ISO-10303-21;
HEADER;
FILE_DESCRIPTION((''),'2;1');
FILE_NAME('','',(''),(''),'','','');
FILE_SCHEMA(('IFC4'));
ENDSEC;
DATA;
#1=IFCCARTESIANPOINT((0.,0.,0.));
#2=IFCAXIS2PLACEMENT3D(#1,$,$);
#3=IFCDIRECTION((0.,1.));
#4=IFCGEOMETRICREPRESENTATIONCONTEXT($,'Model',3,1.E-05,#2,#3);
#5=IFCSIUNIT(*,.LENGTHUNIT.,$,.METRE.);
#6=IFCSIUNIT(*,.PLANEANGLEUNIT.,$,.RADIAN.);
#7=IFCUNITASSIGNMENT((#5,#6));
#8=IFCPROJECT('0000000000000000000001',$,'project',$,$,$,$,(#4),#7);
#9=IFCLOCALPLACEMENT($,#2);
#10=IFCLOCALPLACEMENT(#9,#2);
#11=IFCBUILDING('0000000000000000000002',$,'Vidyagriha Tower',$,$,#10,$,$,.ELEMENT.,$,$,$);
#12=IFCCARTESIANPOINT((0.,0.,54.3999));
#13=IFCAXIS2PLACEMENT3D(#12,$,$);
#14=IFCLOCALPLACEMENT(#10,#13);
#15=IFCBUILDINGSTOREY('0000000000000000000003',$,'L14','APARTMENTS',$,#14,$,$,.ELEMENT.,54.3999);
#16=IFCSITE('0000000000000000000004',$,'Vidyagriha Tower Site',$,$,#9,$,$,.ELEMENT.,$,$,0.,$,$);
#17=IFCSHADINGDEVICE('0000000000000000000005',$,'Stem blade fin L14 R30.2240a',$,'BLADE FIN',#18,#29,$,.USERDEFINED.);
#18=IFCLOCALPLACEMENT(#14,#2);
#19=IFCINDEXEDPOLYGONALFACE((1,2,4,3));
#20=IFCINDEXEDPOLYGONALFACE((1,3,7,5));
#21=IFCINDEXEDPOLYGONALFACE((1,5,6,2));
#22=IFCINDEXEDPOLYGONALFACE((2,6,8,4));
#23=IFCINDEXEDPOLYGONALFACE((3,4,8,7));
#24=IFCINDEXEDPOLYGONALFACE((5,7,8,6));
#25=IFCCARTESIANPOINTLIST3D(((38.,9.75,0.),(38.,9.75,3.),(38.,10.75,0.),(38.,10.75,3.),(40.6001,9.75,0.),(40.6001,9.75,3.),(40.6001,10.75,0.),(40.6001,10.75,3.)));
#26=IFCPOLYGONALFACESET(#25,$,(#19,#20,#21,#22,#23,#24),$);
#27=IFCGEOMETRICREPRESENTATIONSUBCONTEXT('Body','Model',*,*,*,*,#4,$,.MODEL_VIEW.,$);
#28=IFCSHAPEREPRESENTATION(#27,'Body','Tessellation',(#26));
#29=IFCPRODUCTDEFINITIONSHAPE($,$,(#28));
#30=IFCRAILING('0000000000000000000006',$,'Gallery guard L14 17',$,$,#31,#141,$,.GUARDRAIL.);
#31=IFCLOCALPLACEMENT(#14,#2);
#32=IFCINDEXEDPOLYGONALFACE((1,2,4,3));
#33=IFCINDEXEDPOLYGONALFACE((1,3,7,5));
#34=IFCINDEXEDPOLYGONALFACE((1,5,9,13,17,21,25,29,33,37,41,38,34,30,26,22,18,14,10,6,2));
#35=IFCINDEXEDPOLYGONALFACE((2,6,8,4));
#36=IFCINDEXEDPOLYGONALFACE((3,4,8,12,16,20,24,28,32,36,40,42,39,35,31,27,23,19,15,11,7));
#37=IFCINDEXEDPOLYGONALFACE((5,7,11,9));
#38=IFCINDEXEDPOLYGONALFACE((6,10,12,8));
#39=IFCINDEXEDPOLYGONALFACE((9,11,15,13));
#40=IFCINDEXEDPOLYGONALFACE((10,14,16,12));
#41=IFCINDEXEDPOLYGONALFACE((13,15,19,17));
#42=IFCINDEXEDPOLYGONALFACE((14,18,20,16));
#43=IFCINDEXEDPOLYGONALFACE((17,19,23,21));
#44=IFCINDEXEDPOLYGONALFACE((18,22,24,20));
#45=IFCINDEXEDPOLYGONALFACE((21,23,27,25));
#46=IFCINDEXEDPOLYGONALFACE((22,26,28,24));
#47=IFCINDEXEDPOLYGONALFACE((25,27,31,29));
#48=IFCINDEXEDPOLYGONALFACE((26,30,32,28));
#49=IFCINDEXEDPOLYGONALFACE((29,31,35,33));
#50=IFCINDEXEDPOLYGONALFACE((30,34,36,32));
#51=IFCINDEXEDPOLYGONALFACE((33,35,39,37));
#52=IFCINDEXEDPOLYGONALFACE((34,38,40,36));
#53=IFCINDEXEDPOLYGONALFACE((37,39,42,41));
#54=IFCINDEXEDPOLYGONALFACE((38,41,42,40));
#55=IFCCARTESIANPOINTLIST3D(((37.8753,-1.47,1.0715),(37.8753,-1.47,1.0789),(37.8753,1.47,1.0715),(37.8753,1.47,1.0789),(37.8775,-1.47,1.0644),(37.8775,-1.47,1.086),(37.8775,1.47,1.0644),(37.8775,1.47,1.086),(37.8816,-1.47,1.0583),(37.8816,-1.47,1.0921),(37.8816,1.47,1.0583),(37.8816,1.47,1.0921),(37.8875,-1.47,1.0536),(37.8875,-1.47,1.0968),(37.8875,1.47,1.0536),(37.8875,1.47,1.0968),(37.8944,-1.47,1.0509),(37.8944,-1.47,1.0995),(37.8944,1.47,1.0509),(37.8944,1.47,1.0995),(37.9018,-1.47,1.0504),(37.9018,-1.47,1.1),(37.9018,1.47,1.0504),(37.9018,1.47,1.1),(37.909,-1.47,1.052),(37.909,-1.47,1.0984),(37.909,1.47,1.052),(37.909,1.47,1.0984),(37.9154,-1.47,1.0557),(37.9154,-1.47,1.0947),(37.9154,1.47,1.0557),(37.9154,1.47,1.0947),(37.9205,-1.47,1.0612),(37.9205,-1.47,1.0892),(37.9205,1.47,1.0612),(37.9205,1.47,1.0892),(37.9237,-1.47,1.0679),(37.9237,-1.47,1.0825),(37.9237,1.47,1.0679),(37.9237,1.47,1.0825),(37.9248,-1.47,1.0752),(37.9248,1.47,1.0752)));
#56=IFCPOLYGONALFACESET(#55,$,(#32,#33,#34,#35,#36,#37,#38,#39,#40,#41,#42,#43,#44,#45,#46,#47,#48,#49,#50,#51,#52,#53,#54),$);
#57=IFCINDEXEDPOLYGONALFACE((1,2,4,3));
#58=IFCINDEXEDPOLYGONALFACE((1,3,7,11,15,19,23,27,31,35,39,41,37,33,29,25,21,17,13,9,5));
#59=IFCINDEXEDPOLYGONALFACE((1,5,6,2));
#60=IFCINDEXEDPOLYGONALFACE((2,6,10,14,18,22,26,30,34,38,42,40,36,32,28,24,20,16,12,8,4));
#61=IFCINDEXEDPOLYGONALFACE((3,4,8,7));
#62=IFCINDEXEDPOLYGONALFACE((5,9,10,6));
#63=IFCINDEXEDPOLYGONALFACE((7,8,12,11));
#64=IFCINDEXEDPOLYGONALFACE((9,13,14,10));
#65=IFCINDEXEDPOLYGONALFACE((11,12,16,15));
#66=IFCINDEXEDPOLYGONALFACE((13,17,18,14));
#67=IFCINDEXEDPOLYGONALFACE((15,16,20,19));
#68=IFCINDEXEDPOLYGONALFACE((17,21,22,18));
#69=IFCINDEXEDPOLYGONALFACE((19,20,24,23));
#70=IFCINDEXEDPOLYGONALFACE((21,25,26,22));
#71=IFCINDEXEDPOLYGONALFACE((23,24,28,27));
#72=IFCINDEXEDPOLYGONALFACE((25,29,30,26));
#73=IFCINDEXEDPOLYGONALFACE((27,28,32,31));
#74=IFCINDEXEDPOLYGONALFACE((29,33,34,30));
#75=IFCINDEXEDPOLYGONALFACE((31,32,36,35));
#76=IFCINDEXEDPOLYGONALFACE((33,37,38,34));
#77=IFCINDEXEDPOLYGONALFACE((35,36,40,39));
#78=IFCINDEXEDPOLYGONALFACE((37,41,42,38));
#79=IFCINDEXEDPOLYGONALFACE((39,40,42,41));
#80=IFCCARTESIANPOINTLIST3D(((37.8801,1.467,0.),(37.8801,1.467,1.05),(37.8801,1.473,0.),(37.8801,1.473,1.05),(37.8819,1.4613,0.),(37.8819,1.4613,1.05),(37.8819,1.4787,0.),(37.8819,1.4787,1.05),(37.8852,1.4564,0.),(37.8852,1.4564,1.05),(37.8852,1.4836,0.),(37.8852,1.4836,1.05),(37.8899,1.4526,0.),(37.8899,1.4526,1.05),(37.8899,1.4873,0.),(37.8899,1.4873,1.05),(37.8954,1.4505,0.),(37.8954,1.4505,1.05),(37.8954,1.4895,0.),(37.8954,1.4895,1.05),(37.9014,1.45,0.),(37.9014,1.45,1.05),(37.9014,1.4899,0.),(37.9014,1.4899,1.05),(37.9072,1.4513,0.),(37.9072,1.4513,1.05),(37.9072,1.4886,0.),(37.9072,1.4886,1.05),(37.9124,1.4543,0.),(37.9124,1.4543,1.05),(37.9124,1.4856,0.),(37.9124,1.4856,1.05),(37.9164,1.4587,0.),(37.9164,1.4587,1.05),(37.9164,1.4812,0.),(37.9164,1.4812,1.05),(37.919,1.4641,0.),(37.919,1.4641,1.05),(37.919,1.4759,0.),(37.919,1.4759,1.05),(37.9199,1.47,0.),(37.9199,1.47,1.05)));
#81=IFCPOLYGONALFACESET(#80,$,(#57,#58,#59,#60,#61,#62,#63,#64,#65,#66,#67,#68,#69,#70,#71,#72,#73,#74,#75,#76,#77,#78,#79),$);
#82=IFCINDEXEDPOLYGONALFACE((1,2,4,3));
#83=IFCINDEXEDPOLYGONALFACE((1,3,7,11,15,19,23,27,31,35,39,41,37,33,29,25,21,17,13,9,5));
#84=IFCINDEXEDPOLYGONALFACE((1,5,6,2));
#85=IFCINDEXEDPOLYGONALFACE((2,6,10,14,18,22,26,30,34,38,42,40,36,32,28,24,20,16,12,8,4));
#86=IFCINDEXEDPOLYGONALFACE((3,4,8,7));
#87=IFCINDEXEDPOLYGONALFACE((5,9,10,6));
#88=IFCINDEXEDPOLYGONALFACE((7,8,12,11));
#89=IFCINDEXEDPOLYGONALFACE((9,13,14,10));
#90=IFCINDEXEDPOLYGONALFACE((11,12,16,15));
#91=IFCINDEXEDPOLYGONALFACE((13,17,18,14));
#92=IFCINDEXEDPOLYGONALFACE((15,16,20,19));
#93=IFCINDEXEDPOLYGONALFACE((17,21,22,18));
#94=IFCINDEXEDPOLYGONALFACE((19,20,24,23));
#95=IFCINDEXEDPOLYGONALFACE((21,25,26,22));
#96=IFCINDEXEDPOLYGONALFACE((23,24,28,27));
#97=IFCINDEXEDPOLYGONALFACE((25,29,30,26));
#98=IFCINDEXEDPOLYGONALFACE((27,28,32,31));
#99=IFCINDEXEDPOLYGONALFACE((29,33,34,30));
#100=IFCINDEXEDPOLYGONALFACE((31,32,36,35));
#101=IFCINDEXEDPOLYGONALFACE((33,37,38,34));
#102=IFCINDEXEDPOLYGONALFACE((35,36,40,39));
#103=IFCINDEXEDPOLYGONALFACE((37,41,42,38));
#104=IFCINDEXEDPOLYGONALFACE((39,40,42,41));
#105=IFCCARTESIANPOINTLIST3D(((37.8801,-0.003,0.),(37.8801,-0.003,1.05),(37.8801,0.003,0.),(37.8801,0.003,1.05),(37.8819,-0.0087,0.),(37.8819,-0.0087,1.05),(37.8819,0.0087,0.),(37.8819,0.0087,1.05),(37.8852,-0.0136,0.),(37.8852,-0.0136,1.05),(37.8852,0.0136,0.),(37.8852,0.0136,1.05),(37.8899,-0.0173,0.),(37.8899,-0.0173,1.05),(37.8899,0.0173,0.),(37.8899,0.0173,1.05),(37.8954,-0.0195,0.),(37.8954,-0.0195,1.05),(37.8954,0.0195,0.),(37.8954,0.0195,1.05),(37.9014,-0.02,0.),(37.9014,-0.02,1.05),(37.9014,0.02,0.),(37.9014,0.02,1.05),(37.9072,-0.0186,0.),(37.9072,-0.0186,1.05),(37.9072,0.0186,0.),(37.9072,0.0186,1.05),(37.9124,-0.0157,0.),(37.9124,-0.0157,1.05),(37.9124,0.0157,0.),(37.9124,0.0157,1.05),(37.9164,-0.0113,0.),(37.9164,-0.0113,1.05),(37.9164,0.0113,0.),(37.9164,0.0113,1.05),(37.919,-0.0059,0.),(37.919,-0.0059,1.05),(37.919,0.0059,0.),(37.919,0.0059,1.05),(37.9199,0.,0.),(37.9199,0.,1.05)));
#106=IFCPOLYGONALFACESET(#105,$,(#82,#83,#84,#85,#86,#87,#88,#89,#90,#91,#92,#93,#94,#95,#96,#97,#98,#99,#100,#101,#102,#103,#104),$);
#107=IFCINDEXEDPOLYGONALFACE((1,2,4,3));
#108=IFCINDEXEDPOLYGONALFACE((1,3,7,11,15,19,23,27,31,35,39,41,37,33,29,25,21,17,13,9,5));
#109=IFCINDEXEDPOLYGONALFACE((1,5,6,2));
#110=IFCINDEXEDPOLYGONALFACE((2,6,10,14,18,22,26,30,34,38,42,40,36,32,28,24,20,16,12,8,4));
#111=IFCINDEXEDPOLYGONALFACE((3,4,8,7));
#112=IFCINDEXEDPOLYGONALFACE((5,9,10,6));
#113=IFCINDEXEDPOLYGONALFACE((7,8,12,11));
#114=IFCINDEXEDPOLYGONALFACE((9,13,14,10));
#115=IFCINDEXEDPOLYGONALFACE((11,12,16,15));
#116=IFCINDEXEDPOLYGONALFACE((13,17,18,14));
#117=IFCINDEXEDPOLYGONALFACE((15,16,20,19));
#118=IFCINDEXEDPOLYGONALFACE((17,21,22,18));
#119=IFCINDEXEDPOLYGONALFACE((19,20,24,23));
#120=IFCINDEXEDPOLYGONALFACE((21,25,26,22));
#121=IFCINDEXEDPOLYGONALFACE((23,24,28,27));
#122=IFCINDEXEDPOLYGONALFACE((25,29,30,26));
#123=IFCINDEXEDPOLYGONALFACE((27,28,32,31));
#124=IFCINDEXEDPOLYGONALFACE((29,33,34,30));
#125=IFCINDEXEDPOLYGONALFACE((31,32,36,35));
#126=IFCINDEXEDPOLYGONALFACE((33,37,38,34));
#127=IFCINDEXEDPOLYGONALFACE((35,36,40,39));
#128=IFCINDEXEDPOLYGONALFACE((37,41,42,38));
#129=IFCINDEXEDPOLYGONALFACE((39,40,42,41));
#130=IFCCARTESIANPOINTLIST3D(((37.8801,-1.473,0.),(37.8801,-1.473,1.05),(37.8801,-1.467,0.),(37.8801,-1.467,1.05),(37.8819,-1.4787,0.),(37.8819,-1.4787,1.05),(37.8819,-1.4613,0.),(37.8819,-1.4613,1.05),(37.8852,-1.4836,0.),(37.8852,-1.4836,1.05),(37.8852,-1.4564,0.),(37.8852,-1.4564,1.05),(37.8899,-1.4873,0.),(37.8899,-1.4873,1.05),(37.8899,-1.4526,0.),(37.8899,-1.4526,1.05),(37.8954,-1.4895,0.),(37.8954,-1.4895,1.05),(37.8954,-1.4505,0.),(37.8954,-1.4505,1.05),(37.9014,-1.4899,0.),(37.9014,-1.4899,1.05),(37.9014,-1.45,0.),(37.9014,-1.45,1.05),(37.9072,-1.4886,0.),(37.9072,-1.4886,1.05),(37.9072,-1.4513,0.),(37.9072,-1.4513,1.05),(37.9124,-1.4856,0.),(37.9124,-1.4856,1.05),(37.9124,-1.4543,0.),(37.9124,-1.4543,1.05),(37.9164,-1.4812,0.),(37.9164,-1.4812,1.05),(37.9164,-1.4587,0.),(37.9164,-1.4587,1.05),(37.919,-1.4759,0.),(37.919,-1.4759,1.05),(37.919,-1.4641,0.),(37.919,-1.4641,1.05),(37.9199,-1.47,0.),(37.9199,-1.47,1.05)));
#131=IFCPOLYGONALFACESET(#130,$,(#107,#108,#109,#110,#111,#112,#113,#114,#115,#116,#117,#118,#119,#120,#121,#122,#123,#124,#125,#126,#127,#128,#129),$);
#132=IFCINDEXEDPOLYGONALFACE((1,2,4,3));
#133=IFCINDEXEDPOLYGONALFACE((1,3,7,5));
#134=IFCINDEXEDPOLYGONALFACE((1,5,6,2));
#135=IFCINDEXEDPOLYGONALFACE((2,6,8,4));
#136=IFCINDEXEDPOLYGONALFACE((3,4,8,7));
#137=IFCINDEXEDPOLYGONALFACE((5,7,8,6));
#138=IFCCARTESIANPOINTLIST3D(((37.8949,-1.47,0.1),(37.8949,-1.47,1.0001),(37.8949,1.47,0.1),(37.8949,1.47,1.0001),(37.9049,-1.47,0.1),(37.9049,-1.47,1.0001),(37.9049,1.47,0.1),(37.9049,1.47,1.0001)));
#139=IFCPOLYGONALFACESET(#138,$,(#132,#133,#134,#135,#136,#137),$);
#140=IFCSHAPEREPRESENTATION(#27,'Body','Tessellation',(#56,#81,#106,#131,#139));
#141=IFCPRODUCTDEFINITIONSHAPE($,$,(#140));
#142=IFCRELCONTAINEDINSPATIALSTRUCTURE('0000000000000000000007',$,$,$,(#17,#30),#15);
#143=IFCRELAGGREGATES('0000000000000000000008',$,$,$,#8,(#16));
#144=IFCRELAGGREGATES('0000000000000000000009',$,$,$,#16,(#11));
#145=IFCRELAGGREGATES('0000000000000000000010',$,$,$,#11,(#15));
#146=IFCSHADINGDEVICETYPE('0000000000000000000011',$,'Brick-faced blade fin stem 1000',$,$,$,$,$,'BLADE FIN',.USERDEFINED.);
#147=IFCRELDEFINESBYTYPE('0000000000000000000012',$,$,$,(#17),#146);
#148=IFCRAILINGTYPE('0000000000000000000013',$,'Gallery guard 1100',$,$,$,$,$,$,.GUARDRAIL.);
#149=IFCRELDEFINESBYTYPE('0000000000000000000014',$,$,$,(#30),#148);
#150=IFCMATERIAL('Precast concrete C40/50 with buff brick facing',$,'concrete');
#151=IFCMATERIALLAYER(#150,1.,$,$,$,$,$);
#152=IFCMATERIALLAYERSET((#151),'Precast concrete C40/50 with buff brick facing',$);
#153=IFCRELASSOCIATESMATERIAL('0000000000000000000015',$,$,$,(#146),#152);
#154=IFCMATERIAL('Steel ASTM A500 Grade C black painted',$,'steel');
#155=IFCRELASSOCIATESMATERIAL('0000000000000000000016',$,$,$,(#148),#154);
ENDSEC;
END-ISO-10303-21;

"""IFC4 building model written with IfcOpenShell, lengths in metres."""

from ifc_helpers import new_model, si_unit, direction, frame, origin, origin_2d, place, context, subcontext, project, spatial, polyline, rectangle, circle, outline, extrude, material, layer, layer_set, type_object, element, save


model = new_model("IFC4")

# Units and contexts
model_context = context("Model", 3, precision=1e-05, world=origin(), true_north=direction((0.0, 1.0)))
body_context = subcontext(model_context, "Body", "Model", "MODEL_VIEW")
ifc_project = project(units=[si_unit("LENGTHUNIT", "METRE"), si_unit("PLANEANGLEUNIT", "RADIAN")], contexts=[model_context])

# Site, building, storey
site_placement = place(None, origin())
site = spatial("IfcSite", under=ifc_project, at=site_placement, Name="Vidyagriha Tower Site", CompositionType="ELEMENT", RefElevation=0.0)
building_placement = place(site_placement, origin())
building = spatial("IfcBuilding", under=site, at=building_placement, Name="Vidyagriha Tower", CompositionType="ELEMENT")
storey_placement = place(building_placement, frame((0.0, 0.0, 54.3999)))
storey = spatial("IfcBuildingStorey", under=building, at=storey_placement, Name="L14", Description="APARTMENTS", CompositionType="ELEMENT", Elevation=54.3999)

# Shading device
ifc_material_1 = material(Name="Precast concrete C40/50 with buff brick facing", Category="concrete")
ifc_layer_1 = layer(ifc_material_1, 1.0)
ifc_layer_set_1 = layer_set([ifc_layer_1], Name="Precast concrete C40/50 with buff brick facing")
shading_device_type_1 = type_object("IfcShadingDeviceType", Name="Brick-faced blade fin stem 1000", ElementType="BLADE FIN", PredefinedType="USERDEFINED", material=ifc_layer_set_1)
shading_device_1_placement = place(storey_placement, frame((39.3, 9.75, 0.0), z_axis=(0.0, 0.0, 1.0), x_axis=(0.0, 1.0, 0.0)))
element("IfcShadingDevice", 1, at=shading_device_1_placement, inside=storey, type_object=shading_device_type_1, Name="Stem blade fin L14 R30.2240a", ObjectType="BLADE FIN", PredefinedType="USERDEFINED", context=body_context, shape_type="SweptSolid", body=[
    extrude(outline(polyline([(0.0, 0.0), (1.0, 0.0), (1.0, 3.0), (0.0, 3.0), (0.0, 0.0)])), frame((0.0, 1.3, 0.0), z_axis=(0.0, -1.0, 0.0), x_axis=(1.0, 0.0, 0.0)), (0.0, 0.0, 1.0), 2.6001),
])

# Railing
ifc_material_2 = material(Name="Steel ASTM A500 Grade C black painted", Category="steel")
railing_type_1 = type_object("IfcRailingType", Name="Gallery guard 1100", PredefinedType="GUARDRAIL", material=ifc_material_2)
railing_1_placement = place(storey_placement, frame((37.8999, 1.47, 0.0)))
element("IfcRailing", 2, at=railing_1_placement, inside=storey, type_object=railing_type_1, Name="Gallery guard L14 17", PredefinedType="GUARDRAIL", context=body_context, shape_type="SweptSolid", body=[
    extrude(circle(Radius=0.0249, at=origin_2d()), frame((0.0, 0.0, 1.0752), z_axis=(0.0, -1.0, 0.0), x_axis=(1.0, 0.0, 0.0)), (0.0, 0.0, 1.0), 2.9399),
    extrude(circle(Radius=0.02, at=origin_2d()), origin(), (0.0, 0.0, 1.0), 1.05),
    extrude(circle(Radius=0.02, at=origin_2d()), frame((0.0, -1.47, 0.0)), (0.0, 0.0, 1.0), 1.05),
    extrude(circle(Radius=0.02, at=origin_2d()), frame((0.0, -2.9399, 0.0)), (0.0, 0.0, 1.0), 1.05),
    extrude(rectangle(XDim=0.01, YDim=0.9001, at=origin_2d()), frame((0.0, 0.0, 0.55), z_axis=(0.0, -1.0, 0.0), x_axis=(1.0, 0.0, 0.0)), (0.0, 0.0, 1.0), 2.9399),
])

save(model, "model.ifc")
